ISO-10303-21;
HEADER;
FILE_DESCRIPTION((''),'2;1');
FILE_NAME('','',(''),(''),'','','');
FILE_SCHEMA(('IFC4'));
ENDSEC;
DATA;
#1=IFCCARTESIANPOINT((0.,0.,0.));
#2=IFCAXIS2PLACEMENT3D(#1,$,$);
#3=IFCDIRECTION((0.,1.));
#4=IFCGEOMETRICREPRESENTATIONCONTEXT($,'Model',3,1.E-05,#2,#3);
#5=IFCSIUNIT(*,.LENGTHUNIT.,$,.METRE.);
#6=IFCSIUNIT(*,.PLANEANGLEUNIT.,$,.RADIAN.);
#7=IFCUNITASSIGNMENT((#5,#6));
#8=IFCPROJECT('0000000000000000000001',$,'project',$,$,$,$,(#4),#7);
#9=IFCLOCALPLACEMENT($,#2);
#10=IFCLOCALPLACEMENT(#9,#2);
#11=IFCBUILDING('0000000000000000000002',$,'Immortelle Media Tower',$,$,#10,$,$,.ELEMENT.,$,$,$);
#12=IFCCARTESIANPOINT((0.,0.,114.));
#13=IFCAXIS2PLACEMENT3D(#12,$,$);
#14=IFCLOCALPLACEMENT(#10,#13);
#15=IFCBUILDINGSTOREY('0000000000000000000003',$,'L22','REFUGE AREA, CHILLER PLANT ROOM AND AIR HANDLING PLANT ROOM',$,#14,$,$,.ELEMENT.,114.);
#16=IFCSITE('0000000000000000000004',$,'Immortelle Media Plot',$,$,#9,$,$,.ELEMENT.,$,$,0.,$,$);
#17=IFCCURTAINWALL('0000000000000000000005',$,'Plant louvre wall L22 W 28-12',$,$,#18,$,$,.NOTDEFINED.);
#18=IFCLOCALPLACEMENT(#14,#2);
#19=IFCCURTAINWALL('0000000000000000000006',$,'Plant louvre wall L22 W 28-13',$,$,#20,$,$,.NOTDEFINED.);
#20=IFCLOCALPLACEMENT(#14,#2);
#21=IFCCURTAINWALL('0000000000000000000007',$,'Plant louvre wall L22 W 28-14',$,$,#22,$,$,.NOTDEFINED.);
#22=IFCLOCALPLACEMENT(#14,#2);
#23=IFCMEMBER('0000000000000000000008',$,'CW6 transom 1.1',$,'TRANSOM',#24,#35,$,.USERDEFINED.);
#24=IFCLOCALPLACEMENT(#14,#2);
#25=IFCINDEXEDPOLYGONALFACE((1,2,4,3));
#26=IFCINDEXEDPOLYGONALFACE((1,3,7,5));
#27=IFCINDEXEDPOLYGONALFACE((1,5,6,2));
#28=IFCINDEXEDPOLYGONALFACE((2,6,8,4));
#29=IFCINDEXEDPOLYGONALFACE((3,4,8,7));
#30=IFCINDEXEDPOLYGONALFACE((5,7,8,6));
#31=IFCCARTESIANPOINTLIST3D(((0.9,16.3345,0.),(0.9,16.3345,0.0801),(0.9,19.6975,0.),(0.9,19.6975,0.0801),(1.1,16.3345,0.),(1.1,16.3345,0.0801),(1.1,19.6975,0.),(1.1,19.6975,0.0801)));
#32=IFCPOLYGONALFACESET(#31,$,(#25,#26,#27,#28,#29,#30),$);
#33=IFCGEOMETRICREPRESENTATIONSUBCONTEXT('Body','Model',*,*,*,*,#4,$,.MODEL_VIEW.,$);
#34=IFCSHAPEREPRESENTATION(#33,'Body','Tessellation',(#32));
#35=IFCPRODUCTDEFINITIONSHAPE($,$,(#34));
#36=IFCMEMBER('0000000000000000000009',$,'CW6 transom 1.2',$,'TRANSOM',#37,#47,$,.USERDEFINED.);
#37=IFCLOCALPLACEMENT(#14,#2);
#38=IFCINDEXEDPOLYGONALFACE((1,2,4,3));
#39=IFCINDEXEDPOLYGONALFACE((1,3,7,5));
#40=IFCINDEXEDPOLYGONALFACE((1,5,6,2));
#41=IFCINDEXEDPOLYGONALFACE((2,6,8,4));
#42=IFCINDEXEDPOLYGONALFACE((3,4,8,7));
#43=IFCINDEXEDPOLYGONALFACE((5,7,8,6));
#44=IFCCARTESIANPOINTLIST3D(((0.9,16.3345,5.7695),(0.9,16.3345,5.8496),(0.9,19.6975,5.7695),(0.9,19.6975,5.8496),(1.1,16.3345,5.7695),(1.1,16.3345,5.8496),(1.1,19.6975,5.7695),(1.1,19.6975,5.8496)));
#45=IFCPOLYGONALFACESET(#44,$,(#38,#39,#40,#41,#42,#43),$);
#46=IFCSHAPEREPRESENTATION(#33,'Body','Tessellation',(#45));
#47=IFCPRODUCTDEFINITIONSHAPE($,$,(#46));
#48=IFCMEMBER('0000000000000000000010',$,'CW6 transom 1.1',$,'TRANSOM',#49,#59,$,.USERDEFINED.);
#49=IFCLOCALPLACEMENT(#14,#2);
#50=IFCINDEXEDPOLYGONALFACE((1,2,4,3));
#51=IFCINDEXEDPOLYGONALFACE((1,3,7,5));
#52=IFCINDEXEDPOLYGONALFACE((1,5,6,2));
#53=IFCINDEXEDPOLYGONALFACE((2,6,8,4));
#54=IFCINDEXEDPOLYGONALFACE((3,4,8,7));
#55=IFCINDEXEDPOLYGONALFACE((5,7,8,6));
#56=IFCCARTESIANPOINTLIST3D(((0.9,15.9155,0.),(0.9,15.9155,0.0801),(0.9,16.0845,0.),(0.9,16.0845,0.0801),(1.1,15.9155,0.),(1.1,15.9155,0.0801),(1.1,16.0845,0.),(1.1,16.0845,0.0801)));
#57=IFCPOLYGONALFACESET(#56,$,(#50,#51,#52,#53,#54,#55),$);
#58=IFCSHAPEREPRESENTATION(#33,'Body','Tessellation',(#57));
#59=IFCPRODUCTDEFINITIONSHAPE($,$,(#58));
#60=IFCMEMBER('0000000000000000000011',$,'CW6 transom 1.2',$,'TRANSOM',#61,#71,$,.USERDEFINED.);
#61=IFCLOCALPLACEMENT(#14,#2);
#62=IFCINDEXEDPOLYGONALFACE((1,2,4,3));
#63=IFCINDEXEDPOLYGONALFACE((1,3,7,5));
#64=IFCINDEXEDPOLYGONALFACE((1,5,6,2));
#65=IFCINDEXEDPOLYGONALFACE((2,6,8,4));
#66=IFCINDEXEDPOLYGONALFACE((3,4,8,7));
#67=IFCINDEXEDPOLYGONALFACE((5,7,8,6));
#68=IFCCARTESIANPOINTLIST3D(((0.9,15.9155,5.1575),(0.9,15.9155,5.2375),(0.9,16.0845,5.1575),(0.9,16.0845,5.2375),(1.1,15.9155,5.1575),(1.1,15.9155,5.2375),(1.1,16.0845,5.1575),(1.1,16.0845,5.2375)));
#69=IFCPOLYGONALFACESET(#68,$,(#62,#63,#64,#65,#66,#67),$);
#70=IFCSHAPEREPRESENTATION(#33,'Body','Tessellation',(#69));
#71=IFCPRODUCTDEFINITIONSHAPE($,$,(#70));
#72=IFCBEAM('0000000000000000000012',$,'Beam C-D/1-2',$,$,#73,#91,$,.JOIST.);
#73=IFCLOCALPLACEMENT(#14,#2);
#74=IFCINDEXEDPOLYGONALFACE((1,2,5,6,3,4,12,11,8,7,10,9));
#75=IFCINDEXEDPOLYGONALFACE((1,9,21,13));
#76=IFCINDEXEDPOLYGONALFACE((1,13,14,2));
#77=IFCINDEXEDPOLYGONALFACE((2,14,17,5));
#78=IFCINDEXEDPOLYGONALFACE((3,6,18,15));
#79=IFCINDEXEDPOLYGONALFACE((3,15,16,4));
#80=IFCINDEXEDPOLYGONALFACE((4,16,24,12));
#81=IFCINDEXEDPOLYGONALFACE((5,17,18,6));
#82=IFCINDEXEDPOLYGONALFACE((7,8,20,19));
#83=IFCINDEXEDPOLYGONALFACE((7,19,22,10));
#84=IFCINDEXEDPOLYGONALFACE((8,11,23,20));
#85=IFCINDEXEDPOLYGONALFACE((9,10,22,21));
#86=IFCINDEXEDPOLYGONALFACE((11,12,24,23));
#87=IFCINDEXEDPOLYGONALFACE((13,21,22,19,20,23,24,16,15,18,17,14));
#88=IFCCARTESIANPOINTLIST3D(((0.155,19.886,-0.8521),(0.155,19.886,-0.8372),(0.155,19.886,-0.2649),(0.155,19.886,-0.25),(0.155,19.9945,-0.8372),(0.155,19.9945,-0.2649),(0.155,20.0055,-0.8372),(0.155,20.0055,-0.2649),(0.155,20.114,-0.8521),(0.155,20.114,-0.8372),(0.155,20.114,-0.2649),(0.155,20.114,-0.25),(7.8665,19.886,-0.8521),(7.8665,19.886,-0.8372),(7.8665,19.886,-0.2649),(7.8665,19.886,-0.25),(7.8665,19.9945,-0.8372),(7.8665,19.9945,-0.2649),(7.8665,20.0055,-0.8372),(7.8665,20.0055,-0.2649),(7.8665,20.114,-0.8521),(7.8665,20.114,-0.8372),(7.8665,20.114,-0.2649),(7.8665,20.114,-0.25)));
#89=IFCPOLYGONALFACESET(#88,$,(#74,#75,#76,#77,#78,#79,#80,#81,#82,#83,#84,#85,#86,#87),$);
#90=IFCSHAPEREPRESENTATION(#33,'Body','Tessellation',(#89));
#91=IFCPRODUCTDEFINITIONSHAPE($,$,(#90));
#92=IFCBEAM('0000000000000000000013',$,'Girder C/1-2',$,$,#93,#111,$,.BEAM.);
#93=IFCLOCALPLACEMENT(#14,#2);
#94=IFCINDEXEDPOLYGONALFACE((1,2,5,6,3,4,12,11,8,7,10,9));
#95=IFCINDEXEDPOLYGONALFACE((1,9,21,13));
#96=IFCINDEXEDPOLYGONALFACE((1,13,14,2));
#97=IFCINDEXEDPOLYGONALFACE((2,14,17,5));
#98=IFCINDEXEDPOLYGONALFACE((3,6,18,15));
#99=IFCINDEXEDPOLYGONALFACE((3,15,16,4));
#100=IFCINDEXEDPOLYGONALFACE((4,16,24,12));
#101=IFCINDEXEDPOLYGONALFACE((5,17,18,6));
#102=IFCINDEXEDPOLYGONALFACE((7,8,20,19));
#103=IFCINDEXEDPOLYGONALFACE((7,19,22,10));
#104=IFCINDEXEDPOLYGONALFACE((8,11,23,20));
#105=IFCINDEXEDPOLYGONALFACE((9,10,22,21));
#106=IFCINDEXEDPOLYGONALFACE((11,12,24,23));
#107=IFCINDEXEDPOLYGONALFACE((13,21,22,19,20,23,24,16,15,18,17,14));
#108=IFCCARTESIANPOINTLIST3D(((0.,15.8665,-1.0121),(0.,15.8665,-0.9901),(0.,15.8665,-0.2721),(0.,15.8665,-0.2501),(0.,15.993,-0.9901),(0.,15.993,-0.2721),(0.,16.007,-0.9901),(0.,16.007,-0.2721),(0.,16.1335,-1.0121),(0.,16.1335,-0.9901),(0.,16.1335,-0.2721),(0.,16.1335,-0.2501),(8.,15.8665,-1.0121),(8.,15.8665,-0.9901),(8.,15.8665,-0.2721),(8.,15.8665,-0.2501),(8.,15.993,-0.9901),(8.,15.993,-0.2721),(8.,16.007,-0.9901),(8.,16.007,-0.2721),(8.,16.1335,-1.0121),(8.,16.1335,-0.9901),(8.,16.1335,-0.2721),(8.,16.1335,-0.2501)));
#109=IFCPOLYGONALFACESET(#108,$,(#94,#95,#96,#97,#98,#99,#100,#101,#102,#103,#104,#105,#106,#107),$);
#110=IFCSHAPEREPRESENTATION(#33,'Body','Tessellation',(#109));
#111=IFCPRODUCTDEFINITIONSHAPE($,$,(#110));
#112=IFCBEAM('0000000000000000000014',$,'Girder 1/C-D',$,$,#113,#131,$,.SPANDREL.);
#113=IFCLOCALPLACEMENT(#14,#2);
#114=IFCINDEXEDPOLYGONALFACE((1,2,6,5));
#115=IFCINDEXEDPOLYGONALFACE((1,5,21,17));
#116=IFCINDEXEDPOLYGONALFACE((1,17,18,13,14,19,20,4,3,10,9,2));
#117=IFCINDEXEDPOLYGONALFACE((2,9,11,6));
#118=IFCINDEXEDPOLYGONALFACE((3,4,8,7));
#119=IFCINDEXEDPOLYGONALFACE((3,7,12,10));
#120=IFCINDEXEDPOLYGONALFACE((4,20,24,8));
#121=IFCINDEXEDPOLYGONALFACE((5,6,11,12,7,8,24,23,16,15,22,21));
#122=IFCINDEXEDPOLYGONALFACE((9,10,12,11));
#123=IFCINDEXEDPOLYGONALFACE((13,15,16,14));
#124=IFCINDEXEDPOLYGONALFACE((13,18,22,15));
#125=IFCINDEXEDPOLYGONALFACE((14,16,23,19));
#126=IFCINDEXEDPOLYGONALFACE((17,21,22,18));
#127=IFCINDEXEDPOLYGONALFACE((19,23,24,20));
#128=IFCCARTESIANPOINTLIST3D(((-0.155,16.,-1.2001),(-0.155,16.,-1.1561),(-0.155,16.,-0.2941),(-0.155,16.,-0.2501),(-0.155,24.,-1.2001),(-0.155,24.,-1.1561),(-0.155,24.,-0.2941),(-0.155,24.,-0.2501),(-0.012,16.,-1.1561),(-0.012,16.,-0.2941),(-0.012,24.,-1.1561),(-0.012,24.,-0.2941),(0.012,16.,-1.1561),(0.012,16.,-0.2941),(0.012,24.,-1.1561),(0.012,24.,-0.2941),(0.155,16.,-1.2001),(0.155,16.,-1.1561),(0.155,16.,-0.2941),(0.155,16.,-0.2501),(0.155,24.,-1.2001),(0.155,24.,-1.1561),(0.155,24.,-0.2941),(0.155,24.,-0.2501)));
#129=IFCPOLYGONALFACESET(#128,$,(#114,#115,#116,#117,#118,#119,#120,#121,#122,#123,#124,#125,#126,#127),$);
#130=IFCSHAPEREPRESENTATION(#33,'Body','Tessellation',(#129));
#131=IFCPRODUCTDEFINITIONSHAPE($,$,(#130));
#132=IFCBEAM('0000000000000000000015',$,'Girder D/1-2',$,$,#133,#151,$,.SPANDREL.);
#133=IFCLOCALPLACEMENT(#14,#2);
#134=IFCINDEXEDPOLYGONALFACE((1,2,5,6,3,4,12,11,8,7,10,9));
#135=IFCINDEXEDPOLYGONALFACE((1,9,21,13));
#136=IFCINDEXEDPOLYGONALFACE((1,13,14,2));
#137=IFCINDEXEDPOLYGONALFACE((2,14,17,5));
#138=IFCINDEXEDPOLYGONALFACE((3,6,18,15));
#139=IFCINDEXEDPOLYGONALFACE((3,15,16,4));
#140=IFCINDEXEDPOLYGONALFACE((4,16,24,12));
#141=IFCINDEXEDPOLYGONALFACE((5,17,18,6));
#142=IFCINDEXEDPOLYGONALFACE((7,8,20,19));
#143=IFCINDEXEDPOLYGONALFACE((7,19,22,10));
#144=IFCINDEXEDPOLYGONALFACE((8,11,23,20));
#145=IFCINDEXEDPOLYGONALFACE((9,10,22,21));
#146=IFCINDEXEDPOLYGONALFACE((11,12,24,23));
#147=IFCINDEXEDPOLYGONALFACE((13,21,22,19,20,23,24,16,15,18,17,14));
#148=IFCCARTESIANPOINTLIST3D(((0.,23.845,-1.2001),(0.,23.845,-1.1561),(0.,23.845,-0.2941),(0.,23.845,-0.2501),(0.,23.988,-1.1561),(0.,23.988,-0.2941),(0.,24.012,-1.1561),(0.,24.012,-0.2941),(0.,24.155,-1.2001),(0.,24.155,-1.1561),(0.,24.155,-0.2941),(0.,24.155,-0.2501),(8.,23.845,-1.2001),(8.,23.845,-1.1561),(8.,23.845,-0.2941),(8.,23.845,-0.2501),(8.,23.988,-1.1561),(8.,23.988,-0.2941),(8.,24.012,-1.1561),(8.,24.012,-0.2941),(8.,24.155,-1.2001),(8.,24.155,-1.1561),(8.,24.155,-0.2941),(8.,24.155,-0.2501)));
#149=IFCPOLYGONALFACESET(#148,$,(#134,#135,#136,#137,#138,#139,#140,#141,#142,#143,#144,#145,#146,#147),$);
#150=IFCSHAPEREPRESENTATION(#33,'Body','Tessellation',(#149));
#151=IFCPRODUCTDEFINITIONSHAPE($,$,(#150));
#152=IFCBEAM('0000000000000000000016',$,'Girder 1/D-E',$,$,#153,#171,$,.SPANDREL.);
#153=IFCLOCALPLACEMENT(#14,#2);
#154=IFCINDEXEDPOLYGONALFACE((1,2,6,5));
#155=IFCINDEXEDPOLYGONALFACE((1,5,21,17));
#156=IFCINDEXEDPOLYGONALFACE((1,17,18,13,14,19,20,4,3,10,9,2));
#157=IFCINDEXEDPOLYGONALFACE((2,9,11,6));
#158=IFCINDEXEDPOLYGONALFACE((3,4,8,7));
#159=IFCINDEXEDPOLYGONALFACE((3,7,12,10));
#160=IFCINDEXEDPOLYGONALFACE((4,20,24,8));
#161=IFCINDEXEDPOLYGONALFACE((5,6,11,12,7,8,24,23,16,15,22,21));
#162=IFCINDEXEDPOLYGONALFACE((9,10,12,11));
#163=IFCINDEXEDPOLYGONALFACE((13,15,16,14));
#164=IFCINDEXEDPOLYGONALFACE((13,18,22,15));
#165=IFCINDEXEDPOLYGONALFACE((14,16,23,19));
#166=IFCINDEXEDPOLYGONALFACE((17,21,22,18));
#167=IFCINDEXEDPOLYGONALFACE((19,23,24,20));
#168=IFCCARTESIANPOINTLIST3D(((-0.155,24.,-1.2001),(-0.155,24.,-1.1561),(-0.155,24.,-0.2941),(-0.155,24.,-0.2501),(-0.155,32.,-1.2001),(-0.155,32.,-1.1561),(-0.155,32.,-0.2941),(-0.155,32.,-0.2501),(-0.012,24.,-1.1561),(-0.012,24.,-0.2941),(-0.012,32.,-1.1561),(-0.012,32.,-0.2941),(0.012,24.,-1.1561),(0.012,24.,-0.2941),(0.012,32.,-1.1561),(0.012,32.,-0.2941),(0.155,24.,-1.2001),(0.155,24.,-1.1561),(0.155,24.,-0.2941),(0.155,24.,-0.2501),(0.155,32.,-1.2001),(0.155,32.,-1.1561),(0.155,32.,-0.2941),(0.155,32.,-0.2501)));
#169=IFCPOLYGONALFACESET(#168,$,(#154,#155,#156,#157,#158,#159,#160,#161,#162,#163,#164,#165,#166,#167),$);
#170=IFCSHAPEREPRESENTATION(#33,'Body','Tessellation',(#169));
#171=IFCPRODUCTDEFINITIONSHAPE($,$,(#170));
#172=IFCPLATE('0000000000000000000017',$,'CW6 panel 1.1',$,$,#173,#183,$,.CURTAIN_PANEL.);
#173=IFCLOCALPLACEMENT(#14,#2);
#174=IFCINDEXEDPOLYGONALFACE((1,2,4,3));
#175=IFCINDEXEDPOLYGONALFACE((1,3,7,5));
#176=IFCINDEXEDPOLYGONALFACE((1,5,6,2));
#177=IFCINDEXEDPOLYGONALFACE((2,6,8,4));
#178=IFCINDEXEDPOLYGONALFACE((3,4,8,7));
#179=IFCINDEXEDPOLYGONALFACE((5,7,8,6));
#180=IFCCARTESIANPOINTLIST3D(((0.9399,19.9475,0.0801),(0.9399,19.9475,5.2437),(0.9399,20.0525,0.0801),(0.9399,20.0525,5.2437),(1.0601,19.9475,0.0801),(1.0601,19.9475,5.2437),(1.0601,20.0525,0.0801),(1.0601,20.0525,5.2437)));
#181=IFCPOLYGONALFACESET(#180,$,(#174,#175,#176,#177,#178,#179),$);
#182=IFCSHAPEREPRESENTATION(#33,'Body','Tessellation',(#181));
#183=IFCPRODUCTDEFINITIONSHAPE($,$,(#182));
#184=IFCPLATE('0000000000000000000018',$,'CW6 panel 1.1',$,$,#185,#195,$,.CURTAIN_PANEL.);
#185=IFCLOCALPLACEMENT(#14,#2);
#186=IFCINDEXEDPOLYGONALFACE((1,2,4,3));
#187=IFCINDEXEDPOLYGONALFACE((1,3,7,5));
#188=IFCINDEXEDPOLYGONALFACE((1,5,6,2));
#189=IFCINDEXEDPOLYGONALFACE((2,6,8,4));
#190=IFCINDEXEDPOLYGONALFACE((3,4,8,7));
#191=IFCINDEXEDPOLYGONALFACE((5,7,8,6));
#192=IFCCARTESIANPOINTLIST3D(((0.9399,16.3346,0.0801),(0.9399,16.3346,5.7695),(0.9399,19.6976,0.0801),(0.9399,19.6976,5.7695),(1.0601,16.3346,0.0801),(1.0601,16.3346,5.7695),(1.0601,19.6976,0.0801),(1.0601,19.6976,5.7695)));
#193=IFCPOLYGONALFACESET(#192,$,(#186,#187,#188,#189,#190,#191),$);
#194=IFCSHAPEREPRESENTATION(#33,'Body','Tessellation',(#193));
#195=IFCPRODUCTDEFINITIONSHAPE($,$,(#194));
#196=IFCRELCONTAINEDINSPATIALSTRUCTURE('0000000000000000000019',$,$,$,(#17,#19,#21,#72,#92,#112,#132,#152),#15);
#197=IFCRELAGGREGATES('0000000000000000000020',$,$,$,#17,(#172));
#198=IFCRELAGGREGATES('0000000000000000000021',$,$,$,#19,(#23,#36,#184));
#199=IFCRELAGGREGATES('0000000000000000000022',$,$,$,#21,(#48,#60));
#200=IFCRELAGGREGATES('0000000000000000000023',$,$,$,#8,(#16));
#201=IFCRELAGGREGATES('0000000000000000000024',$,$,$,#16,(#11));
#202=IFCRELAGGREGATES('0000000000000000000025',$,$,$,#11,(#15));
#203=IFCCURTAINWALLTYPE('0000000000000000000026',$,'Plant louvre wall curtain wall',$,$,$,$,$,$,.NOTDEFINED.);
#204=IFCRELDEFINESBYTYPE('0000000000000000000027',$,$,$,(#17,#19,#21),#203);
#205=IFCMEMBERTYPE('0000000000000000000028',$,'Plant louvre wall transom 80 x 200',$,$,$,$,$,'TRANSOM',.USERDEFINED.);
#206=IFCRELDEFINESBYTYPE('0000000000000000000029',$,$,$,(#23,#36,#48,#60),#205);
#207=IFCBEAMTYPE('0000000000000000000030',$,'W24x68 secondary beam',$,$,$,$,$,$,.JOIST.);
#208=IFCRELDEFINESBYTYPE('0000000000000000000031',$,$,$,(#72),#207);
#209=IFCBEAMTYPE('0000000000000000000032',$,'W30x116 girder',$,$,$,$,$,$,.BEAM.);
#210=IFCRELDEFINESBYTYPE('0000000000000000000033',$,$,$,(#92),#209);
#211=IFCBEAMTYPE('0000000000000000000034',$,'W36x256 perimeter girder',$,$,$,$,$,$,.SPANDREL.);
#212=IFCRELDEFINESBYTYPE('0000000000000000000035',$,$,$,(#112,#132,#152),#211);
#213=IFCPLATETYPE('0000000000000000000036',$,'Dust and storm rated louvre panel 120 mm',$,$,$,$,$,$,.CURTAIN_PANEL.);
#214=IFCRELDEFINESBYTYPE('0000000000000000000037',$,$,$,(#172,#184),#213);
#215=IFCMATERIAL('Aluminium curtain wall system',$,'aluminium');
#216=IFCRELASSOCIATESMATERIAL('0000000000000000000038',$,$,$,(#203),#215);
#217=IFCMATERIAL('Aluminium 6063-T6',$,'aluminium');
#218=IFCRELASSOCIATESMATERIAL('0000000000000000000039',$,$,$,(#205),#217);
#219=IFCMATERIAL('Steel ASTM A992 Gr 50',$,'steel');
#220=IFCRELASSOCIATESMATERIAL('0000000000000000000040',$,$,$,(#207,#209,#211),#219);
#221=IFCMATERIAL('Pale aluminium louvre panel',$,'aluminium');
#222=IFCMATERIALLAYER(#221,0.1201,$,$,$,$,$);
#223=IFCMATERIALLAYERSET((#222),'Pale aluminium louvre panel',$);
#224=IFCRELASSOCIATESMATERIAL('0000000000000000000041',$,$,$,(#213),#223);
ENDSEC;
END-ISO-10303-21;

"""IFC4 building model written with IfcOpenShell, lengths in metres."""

from ifc_helpers import new_model, si_unit, direction, frame, origin, origin_2d, place, context, subcontext, project, spatial, rectangle, i_section, extrude, material, layer, layer_set, material_profile, profile_set, type_object, element, aggregate, save


model = new_model("IFC4")

# Units and contexts
model_context = context("Model", 3, precision=1e-05, world=origin(), true_north=direction((0.0, 1.0)))
body_context = subcontext(model_context, "Body", "Model", "MODEL_VIEW")
ifc_project = project(units=[si_unit("LENGTHUNIT", "METRE"), si_unit("PLANEANGLEUNIT", "RADIAN")], contexts=[model_context])

# Site, building, storey
site_placement = place(None, origin())
site = spatial("IfcSite", under=ifc_project, at=site_placement, Name="Immortelle Media Plot", CompositionType="ELEMENT", RefElevation=0.0)
building_placement = place(site_placement, origin())
building = spatial("IfcBuilding", under=site, at=building_placement, Name="Immortelle Media Tower", CompositionType="ELEMENT")
storey_placement = place(building_placement, frame((0.0, 0.0, 114.0)))
storey = spatial("IfcBuildingStorey", under=building, at=storey_placement, Name="L22", Description="REFUGE AREA, CHILLER PLANT ROOM AND AIR HANDLING PLANT ROOM", CompositionType="ELEMENT", Elevation=114.0)

# Shared definitions
ifc_material_1 = material(Name="Steel ASTM A992 Gr 50", Category="steel")

# Curtain wall
ifc_material_2 = material(Name="Aluminium curtain wall system", Category="aluminium")
curtain_wall_type = type_object("IfcCurtainWallType", Name="Plant louvre wall curtain wall", PredefinedType="NOTDEFINED", material=ifc_material_2)
curtain_wall_1_placement = place(storey_placement, origin())
curtain_wall_1 = element("IfcCurtainWall", 1, at=curtain_wall_1_placement, inside=storey, type_object=curtain_wall_type, Name="Plant louvre wall L22 W 28-12", PredefinedType="NOTDEFINED")
ifc_material_3 = material(Name="Aluminium 6063-T6", Category="aluminium")

# Curtain wall
curtain_wall_2_placement = place(storey_placement, origin())
curtain_wall_2 = element("IfcCurtainWall", 2, at=curtain_wall_2_placement, inside=storey, type_object=curtain_wall_type, Name="Plant louvre wall L22 W 28-13", PredefinedType="NOTDEFINED")

# Curtain wall
curtain_wall_3_placement = place(storey_placement, origin())
curtain_wall_3 = element("IfcCurtainWall", 3, at=curtain_wall_3_placement, inside=storey, type_object=curtain_wall_type, Name="Plant louvre wall L22 W 28-14", PredefinedType="NOTDEFINED")

# Members
ifc_material_profile_1 = material_profile(ifc_material_3, rectangle(XDim=0.2, YDim=0.0801, at=origin_2d()), Name="AL 80x200")
ifc_profile_set_1 = profile_set([ifc_material_profile_1], Name="Aluminium 6063-T6")
member_type_1 = type_object("IfcMemberType", Name="Plant louvre wall transom 80 x 200", ElementType="TRANSOM", PredefinedType="USERDEFINED", material=ifc_profile_set_1)
member_1_placement = place(storey_placement, frame((1.0, 19.6975, 0.04), z_axis=(0.0, -1.0, 0.0), x_axis=(1.0, 0.0, 0.0)))
member_1 = element("IfcMember", 4, at=member_1_placement, type_object=member_type_1, Name="CW6 transom 1.1", ObjectType="TRANSOM", PredefinedType="USERDEFINED", context=body_context, shape_type="SweptSolid", body=[
    extrude(rectangle(XDim=0.2, YDim=0.0801, at=origin_2d()), origin(), (0.0, 0.0, 1.0), 3.363),
])
member_2_placement = place(storey_placement, frame((1.0, 19.6975, 5.8096), z_axis=(0.0, -1.0, 0.0), x_axis=(1.0, 0.0, 0.0)))
member_2 = element("IfcMember", 5, at=member_2_placement, type_object=member_type_1, Name="CW6 transom 1.2", ObjectType="TRANSOM", PredefinedType="USERDEFINED", context=body_context, shape_type="SweptSolid", body=[
    extrude(rectangle(XDim=0.2, YDim=0.0801, at=origin_2d()), origin(), (0.0, 0.0, 1.0), 3.363),
])
member_3_placement = place(storey_placement, frame((1.0, 16.0845, 0.04), z_axis=(0.0, -1.0, 0.0), x_axis=(1.0, 0.0, 0.0)))
member_3 = element("IfcMember", 6, at=member_3_placement, type_object=member_type_1, Name="CW6 transom 1.1", ObjectType="TRANSOM", PredefinedType="USERDEFINED", context=body_context, shape_type="SweptSolid", body=[
    extrude(rectangle(XDim=0.2, YDim=0.0801, at=origin_2d()), origin(), (0.0, 0.0, 1.0), 0.1689),
])
member_4_placement = place(storey_placement, frame((1.0, 16.0845, 5.1975), z_axis=(0.0, -1.0, 0.0), x_axis=(1.0, 0.0, 0.0)))
member_4 = element("IfcMember", 7, at=member_4_placement, type_object=member_type_1, Name="CW6 transom 1.2", ObjectType="TRANSOM", PredefinedType="USERDEFINED", context=body_context, shape_type="SweptSolid", body=[
    extrude(rectangle(XDim=0.2, YDim=0.0801, at=origin_2d()), origin(), (0.0, 0.0, 1.0), 0.1689),
])

# Beams
ifc_material_profile_2 = material_profile(ifc_material_1, i_section(OverallWidth=0.228, OverallDepth=0.6021, WebThickness=0.011, FlangeThickness=0.0149, at=origin_2d()), Name="W24x68")
ifc_profile_set_2 = profile_set([ifc_material_profile_2], Name="Steel ASTM A992 Gr 50")
beam_type_1 = type_object("IfcBeamType", Name="W24x68 secondary beam", PredefinedType="JOIST", material=ifc_profile_set_2)
beam_1_placement = place(storey_placement, frame((0.155, 20.0, -0.551), z_axis=(1.0, 0.0, 0.0), x_axis=(0.0, 1.0, 0.0)))
element("IfcBeam", 8, at=beam_1_placement, inside=storey, type_object=beam_type_1, Name="Beam C-D/1-2", PredefinedType="JOIST", context=body_context, shape_type="SweptSolid", body=[
    extrude(i_section(OverallWidth=0.228, OverallDepth=0.6021, WebThickness=0.011, FlangeThickness=0.0149, at=origin_2d()), origin(), (0.0, 0.0, 1.0), 7.7114),
])
ifc_material_profile_3 = material_profile(ifc_material_1, i_section(OverallWidth=0.2671, OverallDepth=0.762, WebThickness=0.0139, FlangeThickness=0.022, at=origin_2d()), Name="W30x116")
ifc_profile_set_3 = profile_set([ifc_material_profile_3], Name="Steel ASTM A992 Gr 50")
beam_type_2 = type_object("IfcBeamType", Name="W30x116 girder", PredefinedType="BEAM", material=ifc_profile_set_3)
beam_2_placement = place(storey_placement, frame((0.0, 16.0, -0.6311), z_axis=(1.0, 0.0, 0.0), x_axis=(0.0, 1.0, 0.0)))
element("IfcBeam", 9, at=beam_2_placement, inside=storey, type_object=beam_type_2, Name="Girder C/1-2", PredefinedType="BEAM", context=body_context, shape_type="SweptSolid", body=[
    extrude(i_section(OverallWidth=0.2671, OverallDepth=0.762, WebThickness=0.0139, FlangeThickness=0.022, at=origin_2d()), origin(), (0.0, 0.0, 1.0), 8.0),
])
ifc_material_profile_4 = material_profile(ifc_material_1, i_section(OverallWidth=0.3101, OverallDepth=0.95, WebThickness=0.0239, FlangeThickness=0.0439, at=origin_2d()), Name="W36x256")
ifc_profile_set_4 = profile_set([ifc_material_profile_4], Name="Steel ASTM A992 Gr 50")
beam_type_3 = type_object("IfcBeamType", Name="W36x256 perimeter girder", PredefinedType="SPANDREL", material=ifc_profile_set_4)
for number, where, z_axis, x_axis, name in (
    (10, (0.0, 16.0, -0.7251), (0.0, 1.0, 0.0), (-1.0, 0.0, 0.0), "Girder 1/C-D"),
    (11, (0.0, 24.0, -0.7251), (1.0, 0.0, 0.0), (0.0, 1.0, 0.0), "Girder D/1-2"),
    (12, (0.0, 24.0, -0.7251), (0.0, 1.0, 0.0), (-1.0, 0.0, 0.0), "Girder 1/D-E"),
):
    element("IfcBeam", number, at=place(storey_placement, frame(where, z_axis=z_axis, x_axis=x_axis)), inside=storey, type_object=beam_type_3, Name=name, PredefinedType="SPANDREL", context=body_context, shape_type="SweptSolid", body=[
        extrude(i_section(OverallWidth=0.3101, OverallDepth=0.95, WebThickness=0.0239, FlangeThickness=0.0439, at=origin_2d()), origin(), (0.0, 0.0, 1.0), 8.0),
    ])

# Plates
ifc_material_4 = material(Name="Pale aluminium louvre panel", Category="aluminium")
ifc_layer = layer(ifc_material_4, 0.1201)
ifc_layer_set = layer_set([ifc_layer], Name="Pale aluminium louvre panel")
plate_type = type_object("IfcPlateType", Name="Dust and storm rated louvre panel 120 mm", PredefinedType="CURTAIN_PANEL", material=ifc_layer_set)
plate_1_placement = place(storey_placement, frame((1.0, 20.0, 0.0801), z_axis=(0.0, 0.0, 1.0), x_axis=(0.0, -1.0, 0.0)))
plate_1 = element("IfcPlate", 13, at=plate_1_placement, type_object=plate_type, Name="CW6 panel 1.1", PredefinedType="CURTAIN_PANEL", context=body_context, shape_type="SweptSolid", body=[
    extrude(rectangle(XDim=0.105, YDim=0.1201, at=origin_2d()), origin(), (0.0, 0.0, 1.0), 5.1636),
])
aggregate(curtain_wall_1, [plate_1])
plate_2_placement = place(storey_placement, frame((1.0, 18.0161, 0.0801), z_axis=(0.0, 0.0, 1.0), x_axis=(0.0, -1.0, 0.0)))
plate_2 = element("IfcPlate", 14, at=plate_2_placement, type_object=plate_type, Name="CW6 panel 1.1", PredefinedType="CURTAIN_PANEL", context=body_context, shape_type="SweptSolid", body=[
    extrude(rectangle(XDim=3.363, YDim=0.1201, at=origin_2d()), origin(), (0.0, 0.0, 1.0), 5.6895),
])
aggregate(curtain_wall_2, [member_1, member_2, plate_2])
aggregate(curtain_wall_3, [member_3, member_4])

save(model, "model.ifc")
